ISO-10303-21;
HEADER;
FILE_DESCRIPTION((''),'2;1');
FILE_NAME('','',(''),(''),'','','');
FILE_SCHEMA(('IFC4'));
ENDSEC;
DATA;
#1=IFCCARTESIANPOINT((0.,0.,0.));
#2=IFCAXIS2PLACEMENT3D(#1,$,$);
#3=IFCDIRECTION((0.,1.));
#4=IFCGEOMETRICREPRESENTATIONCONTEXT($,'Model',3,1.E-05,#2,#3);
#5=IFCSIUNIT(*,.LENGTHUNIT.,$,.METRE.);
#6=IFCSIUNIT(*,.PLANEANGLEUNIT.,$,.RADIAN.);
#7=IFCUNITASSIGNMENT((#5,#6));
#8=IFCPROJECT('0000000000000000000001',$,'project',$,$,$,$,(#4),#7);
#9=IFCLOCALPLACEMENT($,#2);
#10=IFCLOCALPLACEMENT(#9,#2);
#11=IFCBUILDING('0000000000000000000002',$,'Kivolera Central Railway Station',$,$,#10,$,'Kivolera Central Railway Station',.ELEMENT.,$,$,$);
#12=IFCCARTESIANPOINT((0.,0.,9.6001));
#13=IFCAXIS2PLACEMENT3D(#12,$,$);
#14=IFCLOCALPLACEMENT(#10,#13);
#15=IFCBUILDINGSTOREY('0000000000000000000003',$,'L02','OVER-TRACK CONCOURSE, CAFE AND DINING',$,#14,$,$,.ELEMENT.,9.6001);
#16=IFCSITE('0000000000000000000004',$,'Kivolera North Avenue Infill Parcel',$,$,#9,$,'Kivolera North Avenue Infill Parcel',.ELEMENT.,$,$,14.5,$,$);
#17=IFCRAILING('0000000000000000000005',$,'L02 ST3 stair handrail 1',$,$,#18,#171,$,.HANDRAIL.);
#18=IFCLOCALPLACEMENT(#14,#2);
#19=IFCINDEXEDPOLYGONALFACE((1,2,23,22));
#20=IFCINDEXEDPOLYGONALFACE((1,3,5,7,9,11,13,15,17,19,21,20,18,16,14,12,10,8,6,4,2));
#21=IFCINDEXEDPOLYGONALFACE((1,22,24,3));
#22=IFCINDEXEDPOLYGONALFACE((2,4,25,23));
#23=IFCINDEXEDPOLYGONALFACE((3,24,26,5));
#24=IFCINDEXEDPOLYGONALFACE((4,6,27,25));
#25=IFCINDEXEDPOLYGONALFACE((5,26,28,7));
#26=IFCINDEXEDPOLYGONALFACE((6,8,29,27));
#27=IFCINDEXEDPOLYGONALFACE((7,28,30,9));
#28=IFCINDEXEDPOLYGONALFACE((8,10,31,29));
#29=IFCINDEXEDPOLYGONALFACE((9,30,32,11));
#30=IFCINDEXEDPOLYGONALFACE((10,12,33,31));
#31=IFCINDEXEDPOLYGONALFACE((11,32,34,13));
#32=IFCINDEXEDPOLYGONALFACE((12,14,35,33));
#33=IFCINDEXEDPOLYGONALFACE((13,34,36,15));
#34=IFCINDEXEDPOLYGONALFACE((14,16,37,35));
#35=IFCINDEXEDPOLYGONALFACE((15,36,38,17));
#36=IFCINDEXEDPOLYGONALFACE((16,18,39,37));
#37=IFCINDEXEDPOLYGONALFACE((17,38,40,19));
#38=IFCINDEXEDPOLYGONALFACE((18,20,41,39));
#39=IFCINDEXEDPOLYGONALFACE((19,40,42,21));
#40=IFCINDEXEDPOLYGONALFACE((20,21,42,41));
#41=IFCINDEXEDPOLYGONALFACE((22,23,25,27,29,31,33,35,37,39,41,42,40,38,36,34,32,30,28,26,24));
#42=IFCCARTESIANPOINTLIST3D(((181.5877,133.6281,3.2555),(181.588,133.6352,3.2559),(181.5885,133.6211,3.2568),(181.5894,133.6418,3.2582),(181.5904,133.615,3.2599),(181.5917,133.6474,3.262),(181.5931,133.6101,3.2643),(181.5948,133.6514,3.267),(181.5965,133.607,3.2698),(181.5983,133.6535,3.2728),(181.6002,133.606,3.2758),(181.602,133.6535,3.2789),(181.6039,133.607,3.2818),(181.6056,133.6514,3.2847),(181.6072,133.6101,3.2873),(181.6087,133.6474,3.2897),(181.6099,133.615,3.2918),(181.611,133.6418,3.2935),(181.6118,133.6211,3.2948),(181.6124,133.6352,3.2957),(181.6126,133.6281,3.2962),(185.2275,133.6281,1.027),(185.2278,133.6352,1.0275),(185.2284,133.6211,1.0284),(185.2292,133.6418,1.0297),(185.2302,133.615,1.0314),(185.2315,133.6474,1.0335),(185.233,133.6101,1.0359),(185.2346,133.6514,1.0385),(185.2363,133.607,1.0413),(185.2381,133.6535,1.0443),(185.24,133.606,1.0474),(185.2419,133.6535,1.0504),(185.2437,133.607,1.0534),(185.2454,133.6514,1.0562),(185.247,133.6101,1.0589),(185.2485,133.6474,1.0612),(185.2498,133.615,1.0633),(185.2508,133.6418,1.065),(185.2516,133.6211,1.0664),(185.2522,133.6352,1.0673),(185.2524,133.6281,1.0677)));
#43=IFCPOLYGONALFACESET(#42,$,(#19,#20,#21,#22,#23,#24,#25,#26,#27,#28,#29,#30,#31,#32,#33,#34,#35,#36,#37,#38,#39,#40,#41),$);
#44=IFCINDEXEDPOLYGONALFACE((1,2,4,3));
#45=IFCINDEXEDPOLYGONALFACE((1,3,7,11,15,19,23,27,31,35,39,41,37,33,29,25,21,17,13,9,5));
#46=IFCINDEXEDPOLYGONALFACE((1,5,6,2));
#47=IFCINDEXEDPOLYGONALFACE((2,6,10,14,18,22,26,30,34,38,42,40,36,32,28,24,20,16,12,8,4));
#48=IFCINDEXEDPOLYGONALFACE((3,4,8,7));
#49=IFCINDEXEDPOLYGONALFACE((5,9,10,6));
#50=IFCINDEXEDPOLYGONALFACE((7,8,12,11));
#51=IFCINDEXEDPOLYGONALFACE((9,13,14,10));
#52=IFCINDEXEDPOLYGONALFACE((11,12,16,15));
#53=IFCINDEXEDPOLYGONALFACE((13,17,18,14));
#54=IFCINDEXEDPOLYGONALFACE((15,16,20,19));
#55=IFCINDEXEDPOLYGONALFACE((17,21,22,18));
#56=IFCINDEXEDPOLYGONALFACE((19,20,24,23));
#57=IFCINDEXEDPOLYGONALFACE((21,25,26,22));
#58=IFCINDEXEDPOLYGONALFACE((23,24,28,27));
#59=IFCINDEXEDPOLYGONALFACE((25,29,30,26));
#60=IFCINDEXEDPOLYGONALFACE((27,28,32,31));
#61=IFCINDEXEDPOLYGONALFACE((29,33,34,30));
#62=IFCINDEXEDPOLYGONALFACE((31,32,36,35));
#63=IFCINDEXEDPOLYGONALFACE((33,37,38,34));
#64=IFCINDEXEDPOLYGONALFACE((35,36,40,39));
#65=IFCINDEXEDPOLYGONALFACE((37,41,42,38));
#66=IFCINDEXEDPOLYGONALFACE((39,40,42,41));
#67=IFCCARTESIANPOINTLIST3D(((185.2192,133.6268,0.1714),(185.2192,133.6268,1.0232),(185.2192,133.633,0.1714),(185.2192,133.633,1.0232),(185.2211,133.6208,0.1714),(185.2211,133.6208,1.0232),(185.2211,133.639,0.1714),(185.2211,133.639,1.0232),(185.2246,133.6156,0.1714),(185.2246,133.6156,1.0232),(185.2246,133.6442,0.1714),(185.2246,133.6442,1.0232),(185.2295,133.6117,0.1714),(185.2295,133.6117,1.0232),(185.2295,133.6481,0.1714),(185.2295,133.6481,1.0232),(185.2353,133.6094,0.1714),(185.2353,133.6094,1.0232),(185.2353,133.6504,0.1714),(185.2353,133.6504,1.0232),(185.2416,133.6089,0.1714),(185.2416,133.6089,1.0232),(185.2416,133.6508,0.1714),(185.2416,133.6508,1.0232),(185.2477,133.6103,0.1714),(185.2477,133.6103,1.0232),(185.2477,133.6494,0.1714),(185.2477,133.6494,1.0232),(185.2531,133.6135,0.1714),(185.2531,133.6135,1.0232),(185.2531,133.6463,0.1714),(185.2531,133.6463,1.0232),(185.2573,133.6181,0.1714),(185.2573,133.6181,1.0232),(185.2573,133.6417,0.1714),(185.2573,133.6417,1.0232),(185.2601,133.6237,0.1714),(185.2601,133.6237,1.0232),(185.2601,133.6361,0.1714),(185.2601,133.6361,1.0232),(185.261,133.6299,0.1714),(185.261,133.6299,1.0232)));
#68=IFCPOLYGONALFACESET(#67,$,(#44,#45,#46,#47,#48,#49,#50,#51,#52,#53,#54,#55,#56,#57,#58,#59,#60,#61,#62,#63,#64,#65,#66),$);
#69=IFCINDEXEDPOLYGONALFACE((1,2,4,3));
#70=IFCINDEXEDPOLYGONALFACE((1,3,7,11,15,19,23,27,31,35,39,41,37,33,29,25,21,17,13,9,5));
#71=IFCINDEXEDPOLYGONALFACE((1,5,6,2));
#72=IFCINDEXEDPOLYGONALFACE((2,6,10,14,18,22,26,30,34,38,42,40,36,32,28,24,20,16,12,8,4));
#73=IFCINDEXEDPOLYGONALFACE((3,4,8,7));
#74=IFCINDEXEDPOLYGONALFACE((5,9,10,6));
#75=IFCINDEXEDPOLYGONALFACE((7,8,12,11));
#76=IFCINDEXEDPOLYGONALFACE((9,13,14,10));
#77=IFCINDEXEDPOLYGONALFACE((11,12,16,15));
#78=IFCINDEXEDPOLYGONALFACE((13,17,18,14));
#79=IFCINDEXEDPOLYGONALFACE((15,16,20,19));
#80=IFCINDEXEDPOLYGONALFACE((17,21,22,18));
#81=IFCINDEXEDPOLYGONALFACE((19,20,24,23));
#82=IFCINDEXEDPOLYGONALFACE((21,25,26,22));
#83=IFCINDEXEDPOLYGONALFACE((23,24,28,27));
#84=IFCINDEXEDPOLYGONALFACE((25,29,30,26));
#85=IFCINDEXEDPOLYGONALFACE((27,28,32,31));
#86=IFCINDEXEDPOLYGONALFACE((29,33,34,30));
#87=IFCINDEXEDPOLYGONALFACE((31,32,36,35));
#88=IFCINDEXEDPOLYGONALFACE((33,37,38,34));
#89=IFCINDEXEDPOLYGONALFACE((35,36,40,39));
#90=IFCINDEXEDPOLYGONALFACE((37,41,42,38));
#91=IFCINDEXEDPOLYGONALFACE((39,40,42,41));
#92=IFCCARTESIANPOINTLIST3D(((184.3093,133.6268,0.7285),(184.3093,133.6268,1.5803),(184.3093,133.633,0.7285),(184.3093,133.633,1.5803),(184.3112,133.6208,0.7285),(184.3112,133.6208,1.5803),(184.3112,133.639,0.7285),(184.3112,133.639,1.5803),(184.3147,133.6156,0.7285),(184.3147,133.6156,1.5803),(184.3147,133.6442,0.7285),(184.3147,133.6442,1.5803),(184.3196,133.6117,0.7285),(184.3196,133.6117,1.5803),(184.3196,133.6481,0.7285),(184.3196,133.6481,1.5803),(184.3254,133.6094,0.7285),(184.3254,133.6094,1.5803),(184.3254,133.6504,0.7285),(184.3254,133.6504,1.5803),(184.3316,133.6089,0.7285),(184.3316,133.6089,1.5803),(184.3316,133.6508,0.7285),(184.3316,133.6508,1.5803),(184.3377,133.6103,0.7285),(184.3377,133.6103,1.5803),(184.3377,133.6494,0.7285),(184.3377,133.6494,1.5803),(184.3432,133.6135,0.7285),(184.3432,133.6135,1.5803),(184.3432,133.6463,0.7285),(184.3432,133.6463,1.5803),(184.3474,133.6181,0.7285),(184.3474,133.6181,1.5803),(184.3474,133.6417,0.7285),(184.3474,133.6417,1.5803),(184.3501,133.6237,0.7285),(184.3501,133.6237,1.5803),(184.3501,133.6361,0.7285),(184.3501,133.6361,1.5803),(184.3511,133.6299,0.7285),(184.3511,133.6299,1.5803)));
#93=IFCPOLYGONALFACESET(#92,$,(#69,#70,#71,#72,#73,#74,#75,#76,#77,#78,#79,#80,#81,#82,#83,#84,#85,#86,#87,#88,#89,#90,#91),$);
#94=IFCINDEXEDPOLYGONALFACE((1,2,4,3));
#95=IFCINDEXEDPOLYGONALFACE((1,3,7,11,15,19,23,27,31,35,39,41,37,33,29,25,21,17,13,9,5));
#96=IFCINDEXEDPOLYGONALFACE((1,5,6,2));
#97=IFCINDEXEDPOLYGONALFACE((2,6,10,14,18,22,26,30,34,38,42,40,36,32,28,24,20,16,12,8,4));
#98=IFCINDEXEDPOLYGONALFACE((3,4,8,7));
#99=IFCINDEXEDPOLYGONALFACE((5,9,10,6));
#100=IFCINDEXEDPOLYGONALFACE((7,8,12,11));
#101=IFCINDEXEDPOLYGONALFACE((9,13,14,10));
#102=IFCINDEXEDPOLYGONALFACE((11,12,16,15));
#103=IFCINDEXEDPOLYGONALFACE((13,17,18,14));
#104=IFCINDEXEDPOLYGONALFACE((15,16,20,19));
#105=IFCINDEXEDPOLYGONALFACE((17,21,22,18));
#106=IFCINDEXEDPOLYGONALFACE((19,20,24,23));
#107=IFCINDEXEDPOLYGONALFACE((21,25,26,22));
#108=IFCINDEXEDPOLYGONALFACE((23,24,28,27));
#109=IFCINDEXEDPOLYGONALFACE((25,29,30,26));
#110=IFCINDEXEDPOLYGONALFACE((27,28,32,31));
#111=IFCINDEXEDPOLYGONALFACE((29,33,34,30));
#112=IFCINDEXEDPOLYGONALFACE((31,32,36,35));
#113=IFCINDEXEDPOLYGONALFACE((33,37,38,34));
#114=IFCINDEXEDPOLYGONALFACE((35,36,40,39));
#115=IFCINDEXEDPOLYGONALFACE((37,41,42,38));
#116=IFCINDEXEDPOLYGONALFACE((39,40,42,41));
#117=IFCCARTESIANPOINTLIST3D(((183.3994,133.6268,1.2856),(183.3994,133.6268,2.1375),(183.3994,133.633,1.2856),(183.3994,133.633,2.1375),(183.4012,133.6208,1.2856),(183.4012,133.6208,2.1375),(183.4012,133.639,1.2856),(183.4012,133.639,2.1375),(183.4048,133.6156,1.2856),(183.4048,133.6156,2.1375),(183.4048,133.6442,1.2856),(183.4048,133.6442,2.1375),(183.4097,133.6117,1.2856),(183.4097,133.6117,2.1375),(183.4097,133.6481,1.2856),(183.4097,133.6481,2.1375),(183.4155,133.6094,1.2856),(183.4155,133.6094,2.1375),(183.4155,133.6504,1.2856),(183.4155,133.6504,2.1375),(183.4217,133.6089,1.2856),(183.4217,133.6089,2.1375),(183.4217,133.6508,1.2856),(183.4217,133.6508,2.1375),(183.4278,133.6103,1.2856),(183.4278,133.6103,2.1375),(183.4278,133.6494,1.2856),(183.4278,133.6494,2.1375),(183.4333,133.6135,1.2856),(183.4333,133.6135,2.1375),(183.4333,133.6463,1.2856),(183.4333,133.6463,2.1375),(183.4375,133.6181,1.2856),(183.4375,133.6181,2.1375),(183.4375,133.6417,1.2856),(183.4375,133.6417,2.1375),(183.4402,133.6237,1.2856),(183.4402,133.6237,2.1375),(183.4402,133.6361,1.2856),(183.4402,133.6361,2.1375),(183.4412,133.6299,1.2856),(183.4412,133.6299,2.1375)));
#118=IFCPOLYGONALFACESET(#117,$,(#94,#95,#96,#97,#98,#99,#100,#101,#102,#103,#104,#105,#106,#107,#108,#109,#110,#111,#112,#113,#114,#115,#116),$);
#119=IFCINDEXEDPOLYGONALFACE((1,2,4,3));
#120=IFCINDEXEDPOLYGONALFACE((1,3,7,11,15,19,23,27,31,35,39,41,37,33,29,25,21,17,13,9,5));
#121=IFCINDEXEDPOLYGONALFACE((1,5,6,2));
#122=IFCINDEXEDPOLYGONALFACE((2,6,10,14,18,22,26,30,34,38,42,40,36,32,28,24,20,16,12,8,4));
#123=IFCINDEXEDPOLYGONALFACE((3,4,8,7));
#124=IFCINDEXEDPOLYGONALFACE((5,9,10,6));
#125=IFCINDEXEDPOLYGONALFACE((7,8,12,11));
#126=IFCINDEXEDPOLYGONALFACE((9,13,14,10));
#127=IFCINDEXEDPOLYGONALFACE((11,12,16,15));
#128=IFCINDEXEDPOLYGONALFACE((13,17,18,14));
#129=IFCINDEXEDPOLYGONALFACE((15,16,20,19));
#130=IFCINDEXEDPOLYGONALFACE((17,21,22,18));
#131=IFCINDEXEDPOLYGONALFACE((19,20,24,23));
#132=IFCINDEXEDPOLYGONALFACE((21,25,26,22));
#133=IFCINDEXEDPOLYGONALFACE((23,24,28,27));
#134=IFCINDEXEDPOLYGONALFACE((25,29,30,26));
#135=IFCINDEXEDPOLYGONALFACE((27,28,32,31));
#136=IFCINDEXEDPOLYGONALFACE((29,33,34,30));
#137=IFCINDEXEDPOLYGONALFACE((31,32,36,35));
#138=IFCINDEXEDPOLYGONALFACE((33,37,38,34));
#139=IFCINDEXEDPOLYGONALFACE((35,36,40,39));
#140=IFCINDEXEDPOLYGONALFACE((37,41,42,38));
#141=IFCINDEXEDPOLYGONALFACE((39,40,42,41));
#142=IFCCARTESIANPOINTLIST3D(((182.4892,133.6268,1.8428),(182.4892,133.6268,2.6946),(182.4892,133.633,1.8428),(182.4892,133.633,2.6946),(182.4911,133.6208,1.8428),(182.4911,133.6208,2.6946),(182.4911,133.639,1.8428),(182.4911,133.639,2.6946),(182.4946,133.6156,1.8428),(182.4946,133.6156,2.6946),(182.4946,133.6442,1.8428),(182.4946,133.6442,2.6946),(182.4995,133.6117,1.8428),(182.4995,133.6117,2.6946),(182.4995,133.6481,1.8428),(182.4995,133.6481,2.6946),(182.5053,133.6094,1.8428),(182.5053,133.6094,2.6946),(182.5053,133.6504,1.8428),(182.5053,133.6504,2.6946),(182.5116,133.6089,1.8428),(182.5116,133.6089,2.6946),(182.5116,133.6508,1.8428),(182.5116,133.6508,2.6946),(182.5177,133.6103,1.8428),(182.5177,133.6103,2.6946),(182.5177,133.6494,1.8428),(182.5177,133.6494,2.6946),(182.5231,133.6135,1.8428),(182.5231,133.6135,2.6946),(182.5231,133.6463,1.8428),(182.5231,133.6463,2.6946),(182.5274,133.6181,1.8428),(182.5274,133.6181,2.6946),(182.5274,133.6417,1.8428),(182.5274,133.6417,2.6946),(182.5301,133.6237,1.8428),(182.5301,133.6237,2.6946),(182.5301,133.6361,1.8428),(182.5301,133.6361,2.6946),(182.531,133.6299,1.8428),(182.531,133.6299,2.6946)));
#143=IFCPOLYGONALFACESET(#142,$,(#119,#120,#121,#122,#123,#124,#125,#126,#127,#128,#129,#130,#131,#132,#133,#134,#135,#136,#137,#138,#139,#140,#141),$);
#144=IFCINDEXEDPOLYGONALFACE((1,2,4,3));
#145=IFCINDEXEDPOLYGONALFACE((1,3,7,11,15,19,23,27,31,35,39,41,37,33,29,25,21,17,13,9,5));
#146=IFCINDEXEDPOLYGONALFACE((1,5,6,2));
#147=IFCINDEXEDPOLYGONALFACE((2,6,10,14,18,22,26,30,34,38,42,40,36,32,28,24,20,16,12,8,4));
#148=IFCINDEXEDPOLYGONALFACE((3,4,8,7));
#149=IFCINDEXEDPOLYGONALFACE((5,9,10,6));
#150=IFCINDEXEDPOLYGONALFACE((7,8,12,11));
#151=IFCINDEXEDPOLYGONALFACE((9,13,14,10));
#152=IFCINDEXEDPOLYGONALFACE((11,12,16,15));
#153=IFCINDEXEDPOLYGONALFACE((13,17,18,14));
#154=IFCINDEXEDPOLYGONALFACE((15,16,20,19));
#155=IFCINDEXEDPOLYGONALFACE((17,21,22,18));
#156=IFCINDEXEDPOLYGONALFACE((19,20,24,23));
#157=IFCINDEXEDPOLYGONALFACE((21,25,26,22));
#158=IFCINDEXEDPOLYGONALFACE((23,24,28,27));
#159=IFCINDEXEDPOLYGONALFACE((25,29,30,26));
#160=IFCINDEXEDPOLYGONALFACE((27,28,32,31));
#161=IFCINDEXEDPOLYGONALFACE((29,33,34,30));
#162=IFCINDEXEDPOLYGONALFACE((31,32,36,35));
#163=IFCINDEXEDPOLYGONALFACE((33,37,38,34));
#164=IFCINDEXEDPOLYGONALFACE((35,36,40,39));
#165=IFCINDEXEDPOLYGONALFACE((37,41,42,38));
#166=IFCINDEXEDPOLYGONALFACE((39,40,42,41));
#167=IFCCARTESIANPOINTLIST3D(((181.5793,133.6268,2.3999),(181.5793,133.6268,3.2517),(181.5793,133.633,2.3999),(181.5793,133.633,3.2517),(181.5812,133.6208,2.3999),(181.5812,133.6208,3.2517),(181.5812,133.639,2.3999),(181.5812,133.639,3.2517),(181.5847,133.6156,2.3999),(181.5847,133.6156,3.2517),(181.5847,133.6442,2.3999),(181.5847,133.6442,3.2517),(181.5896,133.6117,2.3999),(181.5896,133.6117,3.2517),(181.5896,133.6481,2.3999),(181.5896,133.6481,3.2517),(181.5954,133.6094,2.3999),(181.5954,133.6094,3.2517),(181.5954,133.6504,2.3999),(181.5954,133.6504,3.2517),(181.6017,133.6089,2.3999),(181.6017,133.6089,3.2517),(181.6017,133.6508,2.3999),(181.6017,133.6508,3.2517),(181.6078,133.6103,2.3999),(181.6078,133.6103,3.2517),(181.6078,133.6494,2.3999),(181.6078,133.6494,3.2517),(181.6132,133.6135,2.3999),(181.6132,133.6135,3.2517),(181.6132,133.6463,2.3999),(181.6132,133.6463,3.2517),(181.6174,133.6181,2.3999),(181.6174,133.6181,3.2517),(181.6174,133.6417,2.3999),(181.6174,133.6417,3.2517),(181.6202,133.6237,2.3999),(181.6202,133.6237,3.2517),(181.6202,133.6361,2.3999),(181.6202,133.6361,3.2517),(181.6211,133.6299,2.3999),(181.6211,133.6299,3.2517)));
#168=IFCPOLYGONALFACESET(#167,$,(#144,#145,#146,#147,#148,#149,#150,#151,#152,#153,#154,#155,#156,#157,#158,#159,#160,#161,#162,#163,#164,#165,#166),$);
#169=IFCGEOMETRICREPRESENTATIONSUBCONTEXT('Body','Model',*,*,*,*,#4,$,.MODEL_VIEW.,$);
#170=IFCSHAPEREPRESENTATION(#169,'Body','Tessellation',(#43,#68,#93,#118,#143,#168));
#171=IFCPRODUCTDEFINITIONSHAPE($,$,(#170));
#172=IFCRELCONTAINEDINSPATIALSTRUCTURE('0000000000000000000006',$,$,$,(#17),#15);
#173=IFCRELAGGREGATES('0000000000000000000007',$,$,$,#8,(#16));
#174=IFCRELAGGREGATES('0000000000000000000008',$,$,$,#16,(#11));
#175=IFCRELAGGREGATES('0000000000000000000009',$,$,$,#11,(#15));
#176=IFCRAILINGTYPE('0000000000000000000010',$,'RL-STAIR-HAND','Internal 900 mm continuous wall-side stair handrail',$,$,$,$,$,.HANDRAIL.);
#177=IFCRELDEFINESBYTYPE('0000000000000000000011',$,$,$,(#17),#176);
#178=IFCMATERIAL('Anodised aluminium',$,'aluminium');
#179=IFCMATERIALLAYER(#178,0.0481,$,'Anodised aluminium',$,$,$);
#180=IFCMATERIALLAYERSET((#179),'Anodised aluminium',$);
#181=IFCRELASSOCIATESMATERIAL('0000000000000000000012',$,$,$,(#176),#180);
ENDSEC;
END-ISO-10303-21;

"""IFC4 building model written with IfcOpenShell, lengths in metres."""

from ifc_helpers import new_model, si_unit, direction, frame, origin, origin_2d, place, context, subcontext, project, spatial, circle, extrude, material, layer, layer_set, type_object, element, save


model = new_model("IFC4")

# Units and contexts
model_context = context("Model", 3, precision=1e-05, world=origin(), true_north=direction((0.0, 1.0)))
body_context = subcontext(model_context, "Body", "Model", "MODEL_VIEW")
ifc_project = project(units=[si_unit("LENGTHUNIT", "METRE"), si_unit("PLANEANGLEUNIT", "RADIAN")], contexts=[model_context])

# Site, building, storey
site_placement = place(None, origin())
site = spatial("IfcSite", under=ifc_project, at=site_placement, Name="Kivolera North Avenue Infill Parcel", LongName="Kivolera North Avenue Infill Parcel", CompositionType="ELEMENT", RefElevation=14.5)
building_placement = place(site_placement, origin())
building = spatial("IfcBuilding", under=site, at=building_placement, Name="Kivolera Central Railway Station", LongName="Kivolera Central Railway Station", CompositionType="ELEMENT")
storey_placement = place(building_placement, frame((0.0, 0.0, 9.6001)))
storey = spatial("IfcBuildingStorey", under=building, at=storey_placement, Name="L02", Description="OVER-TRACK CONCOURSE, CAFE AND DINING", CompositionType="ELEMENT", Elevation=9.6001)

# Shared definitions
ifc_material_1 = material(Name="Anodised aluminium", Category="aluminium")

# Railing
ifc_layer_1 = layer(ifc_material_1, 0.0481, Name="Anodised aluminium")
ifc_layer_set_1 = layer_set([ifc_layer_1], Name="Anodised aluminium")
railing_type_1 = type_object("IfcRailingType", Name="RL-STAIR-HAND", Description="Internal 900 mm continuous wall-side stair handrail", PredefinedType="HANDRAIL", material=ifc_layer_set_1)
railing_1_placement = place(storey_placement, frame((185.24, 133.6299, 0.1714)))
element("IfcRailing", 1, at=railing_1_placement, inside=storey, type_object=railing_type_1, Name="L02 ST3 stair handrail 1", PredefinedType="HANDRAIL", context=body_context, shape_type="SweptSolid", body=[
    extrude(circle(Radius=0.0239, at=origin_2d()), frame((0.0, 0.0, 0.876), z_axis=(-0.85285, 0.0, 0.522156), x_axis=(0.0, -1.0, 0.0)), (0.0, 0.0, 1.0), 4.2678),
    extrude(circle(Radius=0.021, at=origin_2d()), origin(), (0.0, 0.0, 1.0), 0.8518),
    extrude(circle(Radius=0.021, at=origin_2d()), frame((-0.9099, 0.0, 0.5571)), (0.0, 0.0, 1.0), 0.8518),
    extrude(circle(Radius=0.021, at=origin_2d()), frame((-1.8198, 0.0, 1.1143)), (0.0, 0.0, 1.0), 0.8518),
    extrude(circle(Radius=0.021, at=origin_2d()), frame((-2.73, 0.0, 1.6714)), (0.0, 0.0, 1.0), 0.8518),
    extrude(circle(Radius=0.021, at=origin_2d()), frame((-3.6399, 0.0, 2.2285)), (0.0, 0.0, 1.0), 0.8518),
])

save(model, "model.ifc")
